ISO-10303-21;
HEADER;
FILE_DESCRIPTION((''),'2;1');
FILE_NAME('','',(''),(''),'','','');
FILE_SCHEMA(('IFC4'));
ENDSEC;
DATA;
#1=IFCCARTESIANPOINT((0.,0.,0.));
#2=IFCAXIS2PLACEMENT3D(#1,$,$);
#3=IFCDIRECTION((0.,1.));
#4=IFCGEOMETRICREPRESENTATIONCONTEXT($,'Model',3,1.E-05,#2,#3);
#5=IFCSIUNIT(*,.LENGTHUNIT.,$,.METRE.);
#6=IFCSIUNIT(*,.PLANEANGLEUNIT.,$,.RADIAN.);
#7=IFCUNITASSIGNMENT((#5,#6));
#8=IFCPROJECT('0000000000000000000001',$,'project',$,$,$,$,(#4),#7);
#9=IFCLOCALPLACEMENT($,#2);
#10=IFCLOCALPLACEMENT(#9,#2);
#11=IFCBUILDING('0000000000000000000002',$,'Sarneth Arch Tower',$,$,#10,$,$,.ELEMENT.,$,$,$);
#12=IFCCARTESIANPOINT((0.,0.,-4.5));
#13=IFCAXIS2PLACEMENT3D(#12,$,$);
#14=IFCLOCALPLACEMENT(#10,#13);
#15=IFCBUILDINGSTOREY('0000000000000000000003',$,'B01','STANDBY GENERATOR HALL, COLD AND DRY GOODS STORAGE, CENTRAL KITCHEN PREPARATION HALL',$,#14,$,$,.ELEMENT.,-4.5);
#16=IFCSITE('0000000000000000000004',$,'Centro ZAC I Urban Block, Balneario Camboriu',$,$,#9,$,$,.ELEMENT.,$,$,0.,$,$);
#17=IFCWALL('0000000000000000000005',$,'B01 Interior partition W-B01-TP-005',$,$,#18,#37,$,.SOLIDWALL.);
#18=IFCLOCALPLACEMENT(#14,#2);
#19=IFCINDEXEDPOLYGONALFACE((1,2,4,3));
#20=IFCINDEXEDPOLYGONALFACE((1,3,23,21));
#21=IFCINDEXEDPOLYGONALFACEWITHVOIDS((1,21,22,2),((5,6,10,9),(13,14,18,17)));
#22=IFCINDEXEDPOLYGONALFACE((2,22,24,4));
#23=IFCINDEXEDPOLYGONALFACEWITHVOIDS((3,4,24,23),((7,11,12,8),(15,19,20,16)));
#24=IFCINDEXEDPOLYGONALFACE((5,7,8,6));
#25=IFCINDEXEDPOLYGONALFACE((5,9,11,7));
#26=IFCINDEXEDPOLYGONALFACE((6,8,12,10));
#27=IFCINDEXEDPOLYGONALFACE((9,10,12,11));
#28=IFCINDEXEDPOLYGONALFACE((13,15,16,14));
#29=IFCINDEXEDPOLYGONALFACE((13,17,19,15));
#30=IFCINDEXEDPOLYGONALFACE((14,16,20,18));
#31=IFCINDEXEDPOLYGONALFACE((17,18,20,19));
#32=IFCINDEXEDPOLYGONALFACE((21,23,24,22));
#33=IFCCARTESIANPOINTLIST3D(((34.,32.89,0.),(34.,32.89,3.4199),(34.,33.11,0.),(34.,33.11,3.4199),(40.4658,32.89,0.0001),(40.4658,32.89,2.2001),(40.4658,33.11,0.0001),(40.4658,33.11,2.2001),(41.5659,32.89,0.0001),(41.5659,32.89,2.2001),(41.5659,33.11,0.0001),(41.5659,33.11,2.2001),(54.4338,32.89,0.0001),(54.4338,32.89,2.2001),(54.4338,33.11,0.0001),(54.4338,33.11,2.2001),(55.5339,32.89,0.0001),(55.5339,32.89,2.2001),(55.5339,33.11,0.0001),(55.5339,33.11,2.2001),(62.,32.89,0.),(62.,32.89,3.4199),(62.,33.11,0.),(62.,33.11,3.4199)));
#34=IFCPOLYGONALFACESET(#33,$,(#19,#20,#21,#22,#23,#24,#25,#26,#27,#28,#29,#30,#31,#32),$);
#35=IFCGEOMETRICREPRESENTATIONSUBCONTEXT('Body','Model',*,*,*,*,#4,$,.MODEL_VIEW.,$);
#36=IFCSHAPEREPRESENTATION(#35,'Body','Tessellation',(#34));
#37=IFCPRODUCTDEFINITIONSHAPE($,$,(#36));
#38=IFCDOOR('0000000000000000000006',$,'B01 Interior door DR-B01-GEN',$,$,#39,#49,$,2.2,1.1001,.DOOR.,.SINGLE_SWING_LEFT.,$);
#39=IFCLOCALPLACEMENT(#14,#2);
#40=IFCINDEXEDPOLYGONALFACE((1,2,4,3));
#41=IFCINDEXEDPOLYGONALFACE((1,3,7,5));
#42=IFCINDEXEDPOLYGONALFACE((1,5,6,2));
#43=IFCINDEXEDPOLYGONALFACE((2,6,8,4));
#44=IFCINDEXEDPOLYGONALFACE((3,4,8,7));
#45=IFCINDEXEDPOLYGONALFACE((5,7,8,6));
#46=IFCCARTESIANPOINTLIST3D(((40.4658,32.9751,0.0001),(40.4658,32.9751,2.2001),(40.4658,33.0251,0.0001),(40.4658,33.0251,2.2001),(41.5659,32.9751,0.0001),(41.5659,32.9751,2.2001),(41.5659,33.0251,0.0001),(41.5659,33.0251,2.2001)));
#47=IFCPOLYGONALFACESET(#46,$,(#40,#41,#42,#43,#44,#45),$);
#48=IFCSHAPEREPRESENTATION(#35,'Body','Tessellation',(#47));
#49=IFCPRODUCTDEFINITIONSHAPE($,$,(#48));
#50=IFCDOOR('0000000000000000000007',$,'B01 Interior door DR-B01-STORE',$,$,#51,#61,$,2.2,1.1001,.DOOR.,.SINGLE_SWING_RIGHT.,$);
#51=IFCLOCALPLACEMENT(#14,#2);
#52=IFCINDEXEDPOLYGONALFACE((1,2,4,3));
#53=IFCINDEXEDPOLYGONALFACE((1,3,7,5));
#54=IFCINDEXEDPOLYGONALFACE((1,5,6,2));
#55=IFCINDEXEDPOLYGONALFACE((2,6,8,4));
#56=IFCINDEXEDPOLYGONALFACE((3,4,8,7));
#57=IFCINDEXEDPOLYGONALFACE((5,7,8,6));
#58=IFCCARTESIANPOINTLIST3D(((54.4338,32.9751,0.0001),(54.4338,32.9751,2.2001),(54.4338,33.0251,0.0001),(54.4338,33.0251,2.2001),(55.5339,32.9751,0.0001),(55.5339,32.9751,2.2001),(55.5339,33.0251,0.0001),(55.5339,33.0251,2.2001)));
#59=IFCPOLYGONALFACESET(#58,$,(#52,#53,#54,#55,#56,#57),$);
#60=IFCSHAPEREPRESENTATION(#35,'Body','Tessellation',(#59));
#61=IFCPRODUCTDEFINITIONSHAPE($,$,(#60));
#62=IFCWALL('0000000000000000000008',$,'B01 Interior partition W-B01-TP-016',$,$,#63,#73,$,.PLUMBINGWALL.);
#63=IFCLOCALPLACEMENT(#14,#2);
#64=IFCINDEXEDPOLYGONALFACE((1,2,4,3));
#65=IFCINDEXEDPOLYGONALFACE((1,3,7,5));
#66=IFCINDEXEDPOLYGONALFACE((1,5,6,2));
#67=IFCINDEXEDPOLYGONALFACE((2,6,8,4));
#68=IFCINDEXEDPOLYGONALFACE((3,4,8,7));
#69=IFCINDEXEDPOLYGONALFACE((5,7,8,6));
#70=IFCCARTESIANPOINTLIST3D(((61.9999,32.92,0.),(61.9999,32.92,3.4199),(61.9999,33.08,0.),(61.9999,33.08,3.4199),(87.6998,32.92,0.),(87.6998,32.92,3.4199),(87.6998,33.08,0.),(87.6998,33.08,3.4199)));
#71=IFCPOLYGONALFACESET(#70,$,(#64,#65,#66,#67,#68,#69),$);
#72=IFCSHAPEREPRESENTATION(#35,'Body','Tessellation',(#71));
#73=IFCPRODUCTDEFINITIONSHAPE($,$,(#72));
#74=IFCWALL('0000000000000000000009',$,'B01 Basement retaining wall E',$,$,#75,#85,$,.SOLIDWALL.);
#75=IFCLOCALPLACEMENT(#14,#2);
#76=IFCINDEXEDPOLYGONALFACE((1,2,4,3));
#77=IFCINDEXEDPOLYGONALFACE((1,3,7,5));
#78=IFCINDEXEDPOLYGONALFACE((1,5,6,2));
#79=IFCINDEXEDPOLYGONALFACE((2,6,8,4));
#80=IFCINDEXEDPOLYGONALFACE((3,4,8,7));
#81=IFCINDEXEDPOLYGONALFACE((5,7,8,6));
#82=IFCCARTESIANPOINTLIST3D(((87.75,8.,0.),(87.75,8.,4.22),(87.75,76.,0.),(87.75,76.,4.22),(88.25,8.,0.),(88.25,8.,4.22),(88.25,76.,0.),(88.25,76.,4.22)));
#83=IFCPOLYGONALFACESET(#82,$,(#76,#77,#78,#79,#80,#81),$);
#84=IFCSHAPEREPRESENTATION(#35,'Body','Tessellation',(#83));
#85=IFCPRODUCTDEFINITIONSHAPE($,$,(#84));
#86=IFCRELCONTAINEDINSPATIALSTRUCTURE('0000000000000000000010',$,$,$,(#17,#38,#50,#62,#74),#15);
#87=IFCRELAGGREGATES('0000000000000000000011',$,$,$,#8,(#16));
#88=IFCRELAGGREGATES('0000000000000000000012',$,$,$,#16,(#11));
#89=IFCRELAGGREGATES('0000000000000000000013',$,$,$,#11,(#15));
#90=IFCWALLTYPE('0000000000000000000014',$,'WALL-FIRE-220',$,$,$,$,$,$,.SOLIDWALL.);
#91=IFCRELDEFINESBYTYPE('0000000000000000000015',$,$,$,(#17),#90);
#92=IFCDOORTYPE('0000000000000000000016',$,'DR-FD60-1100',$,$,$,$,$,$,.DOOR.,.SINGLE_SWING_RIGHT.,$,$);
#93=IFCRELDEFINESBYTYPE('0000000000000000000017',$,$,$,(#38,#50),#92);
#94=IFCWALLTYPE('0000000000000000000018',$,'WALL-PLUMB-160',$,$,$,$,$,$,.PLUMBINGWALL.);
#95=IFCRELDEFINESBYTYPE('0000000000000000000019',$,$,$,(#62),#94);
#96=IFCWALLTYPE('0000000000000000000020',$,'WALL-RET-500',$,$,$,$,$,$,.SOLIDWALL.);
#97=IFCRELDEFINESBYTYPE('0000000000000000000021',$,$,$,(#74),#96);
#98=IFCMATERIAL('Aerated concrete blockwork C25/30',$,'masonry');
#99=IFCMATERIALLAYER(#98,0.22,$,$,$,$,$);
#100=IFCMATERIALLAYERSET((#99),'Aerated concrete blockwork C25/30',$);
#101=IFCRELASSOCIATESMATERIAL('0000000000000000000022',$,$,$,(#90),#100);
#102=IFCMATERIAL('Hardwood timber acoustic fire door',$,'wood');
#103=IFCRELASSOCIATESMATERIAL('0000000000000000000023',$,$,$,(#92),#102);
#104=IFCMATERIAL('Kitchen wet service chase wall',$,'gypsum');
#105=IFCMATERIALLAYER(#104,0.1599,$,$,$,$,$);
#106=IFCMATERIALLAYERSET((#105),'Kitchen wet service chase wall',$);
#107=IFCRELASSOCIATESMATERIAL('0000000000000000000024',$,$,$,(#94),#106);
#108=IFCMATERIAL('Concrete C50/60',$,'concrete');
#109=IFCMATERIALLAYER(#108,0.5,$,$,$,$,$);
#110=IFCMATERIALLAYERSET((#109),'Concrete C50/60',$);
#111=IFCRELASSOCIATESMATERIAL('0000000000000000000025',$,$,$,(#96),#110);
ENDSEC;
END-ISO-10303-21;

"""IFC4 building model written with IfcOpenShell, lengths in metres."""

from ifc_helpers import new_model, si_unit, direction, frame, frame_2d, origin, place, context, subcontext, project, spatial, rectangle, extrude, material, layer, layer_set, type_object, element, fill, save


model = new_model("IFC4")

# Units and contexts
model_context = context("Model", 3, precision=1e-05, world=origin(), true_north=direction((0.0, 1.0)))
body_context = subcontext(model_context, "Body", "Model", "MODEL_VIEW")
ifc_project = project(units=[si_unit("LENGTHUNIT", "METRE"), si_unit("PLANEANGLEUNIT", "RADIAN")], contexts=[model_context])

# Site, building, storey
site_placement = place(None, origin())
site = spatial("IfcSite", under=ifc_project, at=site_placement, Name="Centro ZAC I Urban Block, Balneario Camboriu", CompositionType="ELEMENT", RefElevation=0.0)
building_placement = place(site_placement, origin())
building = spatial("IfcBuilding", under=site, at=building_placement, Name="Sarneth Arch Tower", CompositionType="ELEMENT")
storey_placement = place(building_placement, frame((0.0, 0.0, -4.5)))
storey = spatial("IfcBuildingStorey", under=building, at=storey_placement, Name="B01", Description="STANDBY GENERATOR HALL, COLD AND DRY GOODS STORAGE, CENTRAL KITCHEN PREPARATION HALL", CompositionType="ELEMENT", Elevation=-4.5)

# Wall, openings, doors
ifc_material_1 = material(Name="Aerated concrete blockwork C25/30", Category="masonry")
ifc_layer_1 = layer(ifc_material_1, 0.22)
ifc_layer_set_1 = layer_set([ifc_layer_1], Name="Aerated concrete blockwork C25/30")
wall_type_1 = type_object("IfcWallType", Name="WALL-FIRE-220", PredefinedType="SOLIDWALL", material=ifc_layer_set_1)
wall_1_placement = place(storey_placement, frame((62.0, 33.0, 0.0), z_axis=(0.0, 0.0, 1.0), x_axis=(-1.0, 0.0, 0.0)))
wall_1 = element("IfcWall", 1, at=wall_1_placement, inside=storey, type_object=wall_type_1, Name="B01 Interior partition W-B01-TP-005", PredefinedType="SOLIDWALL", context=body_context, shape_type="SweptSolid", body=[
    extrude(rectangle(XDim=28.0, YDim=0.22, at=frame_2d((14.0, 0.0))), origin(), (0.0, 0.0, 1.0), 3.4199),
])
opening_1_placement = place(wall_1_placement, frame((20.4341, 0.0, 0.0)))
opening_1 = element("IfcOpeningElement", 2, at=opening_1_placement, cuts=wall_1, PredefinedType="OPENING", context=body_context, shape_type="SweptSolid", body=[
    extrude(rectangle(XDim=1.1001, YDim=2.2, at=frame_2d((0.55, 1.1001))), frame((0.0, 0.1199, 0.0), z_axis=(0.0, -1.0, 0.0), x_axis=(1.0, 0.0, 0.0)), (0.0, 0.0, 1.0), 0.24),
])
opening_2_placement = place(wall_1_placement, frame((6.4661, 0.0, 0.0)))
opening_2 = element("IfcOpeningElement", 3, at=opening_2_placement, cuts=wall_1, PredefinedType="OPENING", context=body_context, shape_type="SweptSolid", body=[
    extrude(rectangle(XDim=1.1001, YDim=2.2, at=frame_2d((0.55, 1.1001))), frame((0.0, 0.1199, 0.0), z_axis=(0.0, -1.0, 0.0), x_axis=(1.0, 0.0, 0.0)), (0.0, 0.0, 1.0), 0.24),
])
ifc_material_2 = material(Name="Hardwood timber acoustic fire door", Category="wood")
door_type = type_object("IfcDoorType", Name="DR-FD60-1100", OperationType="SINGLE_SWING_RIGHT", PredefinedType="DOOR", material=ifc_material_2)
door_1_placement = place(opening_1_placement, origin())
door_1 = element("IfcDoor", 4, at=door_1_placement, inside=storey, type_object=door_type, Name="B01 Interior door DR-B01-GEN", OperationType="SINGLE_SWING_LEFT", OverallHeight=2.2, OverallWidth=1.1001, PredefinedType="DOOR", context=body_context, shape_type="SweptSolid", body=[
    extrude(rectangle(XDim=1.1001, YDim=2.2, at=frame_2d((0.55, 1.1001))), frame((0.0, 0.0249, 0.0), z_axis=(0.0, -1.0, 0.0), x_axis=(1.0, 0.0, 0.0)), (0.0, 0.0, 1.0), 0.05),
])
fill(opening_1, door_1)
door_2_placement = place(opening_2_placement, origin())
door_2 = element("IfcDoor", 5, at=door_2_placement, inside=storey, type_object=door_type, Name="B01 Interior door DR-B01-STORE", OperationType="SINGLE_SWING_RIGHT", OverallHeight=2.2, OverallWidth=1.1001, PredefinedType="DOOR", context=body_context, shape_type="SweptSolid", body=[
    extrude(rectangle(XDim=1.1001, YDim=2.2, at=frame_2d((0.55, 1.1001))), frame((0.0, 0.0249, 0.0), z_axis=(0.0, -1.0, 0.0), x_axis=(1.0, 0.0, 0.0)), (0.0, 0.0, 1.0), 0.05),
])
fill(opening_2, door_2)

# Walls
ifc_material_3 = material(Name="Kitchen wet service chase wall", Category="gypsum")
ifc_layer_2 = layer(ifc_material_3, 0.1599)
ifc_layer_set_2 = layer_set([ifc_layer_2], Name="Kitchen wet service chase wall")
wall_type_2 = type_object("IfcWallType", Name="WALL-PLUMB-160", PredefinedType="PLUMBINGWALL", material=ifc_layer_set_2)
wall_2_placement = place(storey_placement, frame((87.7, 33.0, 0.0), z_axis=(0.0, 0.0, 1.0), x_axis=(-1.0, 0.0, 0.0)))
element("IfcWall", 6, at=wall_2_placement, inside=storey, type_object=wall_type_2, Name="B01 Interior partition W-B01-TP-016", PredefinedType="PLUMBINGWALL", context=body_context, shape_type="SweptSolid", body=[
    extrude(rectangle(XDim=25.7, YDim=0.1599, at=frame_2d((12.8501, 0.0))), origin(), (0.0, 0.0, 1.0), 3.4199),
])
ifc_material_4 = material(Name="Concrete C50/60", Category="concrete")
ifc_layer_3 = layer(ifc_material_4, 0.5)
ifc_layer_set_3 = layer_set([ifc_layer_3], Name="Concrete C50/60")
wall_type_3 = type_object("IfcWallType", Name="WALL-RET-500", PredefinedType="SOLIDWALL", material=ifc_layer_set_3)
wall_3_placement = place(storey_placement, frame((88.0, 8.0, 0.0), z_axis=(0.0, 0.0, 1.0), x_axis=(0.0, 1.0, 0.0)))
element("IfcWall", 7, at=wall_3_placement, inside=storey, type_object=wall_type_3, Name="B01 Basement retaining wall E", PredefinedType="SOLIDWALL", context=body_context, shape_type="SweptSolid", body=[
    extrude(rectangle(XDim=68.0, YDim=0.5, at=frame_2d((34.0, 0.0))), origin(), (0.0, 0.0, 1.0), 4.22),
])

save(model, "model.ifc")
